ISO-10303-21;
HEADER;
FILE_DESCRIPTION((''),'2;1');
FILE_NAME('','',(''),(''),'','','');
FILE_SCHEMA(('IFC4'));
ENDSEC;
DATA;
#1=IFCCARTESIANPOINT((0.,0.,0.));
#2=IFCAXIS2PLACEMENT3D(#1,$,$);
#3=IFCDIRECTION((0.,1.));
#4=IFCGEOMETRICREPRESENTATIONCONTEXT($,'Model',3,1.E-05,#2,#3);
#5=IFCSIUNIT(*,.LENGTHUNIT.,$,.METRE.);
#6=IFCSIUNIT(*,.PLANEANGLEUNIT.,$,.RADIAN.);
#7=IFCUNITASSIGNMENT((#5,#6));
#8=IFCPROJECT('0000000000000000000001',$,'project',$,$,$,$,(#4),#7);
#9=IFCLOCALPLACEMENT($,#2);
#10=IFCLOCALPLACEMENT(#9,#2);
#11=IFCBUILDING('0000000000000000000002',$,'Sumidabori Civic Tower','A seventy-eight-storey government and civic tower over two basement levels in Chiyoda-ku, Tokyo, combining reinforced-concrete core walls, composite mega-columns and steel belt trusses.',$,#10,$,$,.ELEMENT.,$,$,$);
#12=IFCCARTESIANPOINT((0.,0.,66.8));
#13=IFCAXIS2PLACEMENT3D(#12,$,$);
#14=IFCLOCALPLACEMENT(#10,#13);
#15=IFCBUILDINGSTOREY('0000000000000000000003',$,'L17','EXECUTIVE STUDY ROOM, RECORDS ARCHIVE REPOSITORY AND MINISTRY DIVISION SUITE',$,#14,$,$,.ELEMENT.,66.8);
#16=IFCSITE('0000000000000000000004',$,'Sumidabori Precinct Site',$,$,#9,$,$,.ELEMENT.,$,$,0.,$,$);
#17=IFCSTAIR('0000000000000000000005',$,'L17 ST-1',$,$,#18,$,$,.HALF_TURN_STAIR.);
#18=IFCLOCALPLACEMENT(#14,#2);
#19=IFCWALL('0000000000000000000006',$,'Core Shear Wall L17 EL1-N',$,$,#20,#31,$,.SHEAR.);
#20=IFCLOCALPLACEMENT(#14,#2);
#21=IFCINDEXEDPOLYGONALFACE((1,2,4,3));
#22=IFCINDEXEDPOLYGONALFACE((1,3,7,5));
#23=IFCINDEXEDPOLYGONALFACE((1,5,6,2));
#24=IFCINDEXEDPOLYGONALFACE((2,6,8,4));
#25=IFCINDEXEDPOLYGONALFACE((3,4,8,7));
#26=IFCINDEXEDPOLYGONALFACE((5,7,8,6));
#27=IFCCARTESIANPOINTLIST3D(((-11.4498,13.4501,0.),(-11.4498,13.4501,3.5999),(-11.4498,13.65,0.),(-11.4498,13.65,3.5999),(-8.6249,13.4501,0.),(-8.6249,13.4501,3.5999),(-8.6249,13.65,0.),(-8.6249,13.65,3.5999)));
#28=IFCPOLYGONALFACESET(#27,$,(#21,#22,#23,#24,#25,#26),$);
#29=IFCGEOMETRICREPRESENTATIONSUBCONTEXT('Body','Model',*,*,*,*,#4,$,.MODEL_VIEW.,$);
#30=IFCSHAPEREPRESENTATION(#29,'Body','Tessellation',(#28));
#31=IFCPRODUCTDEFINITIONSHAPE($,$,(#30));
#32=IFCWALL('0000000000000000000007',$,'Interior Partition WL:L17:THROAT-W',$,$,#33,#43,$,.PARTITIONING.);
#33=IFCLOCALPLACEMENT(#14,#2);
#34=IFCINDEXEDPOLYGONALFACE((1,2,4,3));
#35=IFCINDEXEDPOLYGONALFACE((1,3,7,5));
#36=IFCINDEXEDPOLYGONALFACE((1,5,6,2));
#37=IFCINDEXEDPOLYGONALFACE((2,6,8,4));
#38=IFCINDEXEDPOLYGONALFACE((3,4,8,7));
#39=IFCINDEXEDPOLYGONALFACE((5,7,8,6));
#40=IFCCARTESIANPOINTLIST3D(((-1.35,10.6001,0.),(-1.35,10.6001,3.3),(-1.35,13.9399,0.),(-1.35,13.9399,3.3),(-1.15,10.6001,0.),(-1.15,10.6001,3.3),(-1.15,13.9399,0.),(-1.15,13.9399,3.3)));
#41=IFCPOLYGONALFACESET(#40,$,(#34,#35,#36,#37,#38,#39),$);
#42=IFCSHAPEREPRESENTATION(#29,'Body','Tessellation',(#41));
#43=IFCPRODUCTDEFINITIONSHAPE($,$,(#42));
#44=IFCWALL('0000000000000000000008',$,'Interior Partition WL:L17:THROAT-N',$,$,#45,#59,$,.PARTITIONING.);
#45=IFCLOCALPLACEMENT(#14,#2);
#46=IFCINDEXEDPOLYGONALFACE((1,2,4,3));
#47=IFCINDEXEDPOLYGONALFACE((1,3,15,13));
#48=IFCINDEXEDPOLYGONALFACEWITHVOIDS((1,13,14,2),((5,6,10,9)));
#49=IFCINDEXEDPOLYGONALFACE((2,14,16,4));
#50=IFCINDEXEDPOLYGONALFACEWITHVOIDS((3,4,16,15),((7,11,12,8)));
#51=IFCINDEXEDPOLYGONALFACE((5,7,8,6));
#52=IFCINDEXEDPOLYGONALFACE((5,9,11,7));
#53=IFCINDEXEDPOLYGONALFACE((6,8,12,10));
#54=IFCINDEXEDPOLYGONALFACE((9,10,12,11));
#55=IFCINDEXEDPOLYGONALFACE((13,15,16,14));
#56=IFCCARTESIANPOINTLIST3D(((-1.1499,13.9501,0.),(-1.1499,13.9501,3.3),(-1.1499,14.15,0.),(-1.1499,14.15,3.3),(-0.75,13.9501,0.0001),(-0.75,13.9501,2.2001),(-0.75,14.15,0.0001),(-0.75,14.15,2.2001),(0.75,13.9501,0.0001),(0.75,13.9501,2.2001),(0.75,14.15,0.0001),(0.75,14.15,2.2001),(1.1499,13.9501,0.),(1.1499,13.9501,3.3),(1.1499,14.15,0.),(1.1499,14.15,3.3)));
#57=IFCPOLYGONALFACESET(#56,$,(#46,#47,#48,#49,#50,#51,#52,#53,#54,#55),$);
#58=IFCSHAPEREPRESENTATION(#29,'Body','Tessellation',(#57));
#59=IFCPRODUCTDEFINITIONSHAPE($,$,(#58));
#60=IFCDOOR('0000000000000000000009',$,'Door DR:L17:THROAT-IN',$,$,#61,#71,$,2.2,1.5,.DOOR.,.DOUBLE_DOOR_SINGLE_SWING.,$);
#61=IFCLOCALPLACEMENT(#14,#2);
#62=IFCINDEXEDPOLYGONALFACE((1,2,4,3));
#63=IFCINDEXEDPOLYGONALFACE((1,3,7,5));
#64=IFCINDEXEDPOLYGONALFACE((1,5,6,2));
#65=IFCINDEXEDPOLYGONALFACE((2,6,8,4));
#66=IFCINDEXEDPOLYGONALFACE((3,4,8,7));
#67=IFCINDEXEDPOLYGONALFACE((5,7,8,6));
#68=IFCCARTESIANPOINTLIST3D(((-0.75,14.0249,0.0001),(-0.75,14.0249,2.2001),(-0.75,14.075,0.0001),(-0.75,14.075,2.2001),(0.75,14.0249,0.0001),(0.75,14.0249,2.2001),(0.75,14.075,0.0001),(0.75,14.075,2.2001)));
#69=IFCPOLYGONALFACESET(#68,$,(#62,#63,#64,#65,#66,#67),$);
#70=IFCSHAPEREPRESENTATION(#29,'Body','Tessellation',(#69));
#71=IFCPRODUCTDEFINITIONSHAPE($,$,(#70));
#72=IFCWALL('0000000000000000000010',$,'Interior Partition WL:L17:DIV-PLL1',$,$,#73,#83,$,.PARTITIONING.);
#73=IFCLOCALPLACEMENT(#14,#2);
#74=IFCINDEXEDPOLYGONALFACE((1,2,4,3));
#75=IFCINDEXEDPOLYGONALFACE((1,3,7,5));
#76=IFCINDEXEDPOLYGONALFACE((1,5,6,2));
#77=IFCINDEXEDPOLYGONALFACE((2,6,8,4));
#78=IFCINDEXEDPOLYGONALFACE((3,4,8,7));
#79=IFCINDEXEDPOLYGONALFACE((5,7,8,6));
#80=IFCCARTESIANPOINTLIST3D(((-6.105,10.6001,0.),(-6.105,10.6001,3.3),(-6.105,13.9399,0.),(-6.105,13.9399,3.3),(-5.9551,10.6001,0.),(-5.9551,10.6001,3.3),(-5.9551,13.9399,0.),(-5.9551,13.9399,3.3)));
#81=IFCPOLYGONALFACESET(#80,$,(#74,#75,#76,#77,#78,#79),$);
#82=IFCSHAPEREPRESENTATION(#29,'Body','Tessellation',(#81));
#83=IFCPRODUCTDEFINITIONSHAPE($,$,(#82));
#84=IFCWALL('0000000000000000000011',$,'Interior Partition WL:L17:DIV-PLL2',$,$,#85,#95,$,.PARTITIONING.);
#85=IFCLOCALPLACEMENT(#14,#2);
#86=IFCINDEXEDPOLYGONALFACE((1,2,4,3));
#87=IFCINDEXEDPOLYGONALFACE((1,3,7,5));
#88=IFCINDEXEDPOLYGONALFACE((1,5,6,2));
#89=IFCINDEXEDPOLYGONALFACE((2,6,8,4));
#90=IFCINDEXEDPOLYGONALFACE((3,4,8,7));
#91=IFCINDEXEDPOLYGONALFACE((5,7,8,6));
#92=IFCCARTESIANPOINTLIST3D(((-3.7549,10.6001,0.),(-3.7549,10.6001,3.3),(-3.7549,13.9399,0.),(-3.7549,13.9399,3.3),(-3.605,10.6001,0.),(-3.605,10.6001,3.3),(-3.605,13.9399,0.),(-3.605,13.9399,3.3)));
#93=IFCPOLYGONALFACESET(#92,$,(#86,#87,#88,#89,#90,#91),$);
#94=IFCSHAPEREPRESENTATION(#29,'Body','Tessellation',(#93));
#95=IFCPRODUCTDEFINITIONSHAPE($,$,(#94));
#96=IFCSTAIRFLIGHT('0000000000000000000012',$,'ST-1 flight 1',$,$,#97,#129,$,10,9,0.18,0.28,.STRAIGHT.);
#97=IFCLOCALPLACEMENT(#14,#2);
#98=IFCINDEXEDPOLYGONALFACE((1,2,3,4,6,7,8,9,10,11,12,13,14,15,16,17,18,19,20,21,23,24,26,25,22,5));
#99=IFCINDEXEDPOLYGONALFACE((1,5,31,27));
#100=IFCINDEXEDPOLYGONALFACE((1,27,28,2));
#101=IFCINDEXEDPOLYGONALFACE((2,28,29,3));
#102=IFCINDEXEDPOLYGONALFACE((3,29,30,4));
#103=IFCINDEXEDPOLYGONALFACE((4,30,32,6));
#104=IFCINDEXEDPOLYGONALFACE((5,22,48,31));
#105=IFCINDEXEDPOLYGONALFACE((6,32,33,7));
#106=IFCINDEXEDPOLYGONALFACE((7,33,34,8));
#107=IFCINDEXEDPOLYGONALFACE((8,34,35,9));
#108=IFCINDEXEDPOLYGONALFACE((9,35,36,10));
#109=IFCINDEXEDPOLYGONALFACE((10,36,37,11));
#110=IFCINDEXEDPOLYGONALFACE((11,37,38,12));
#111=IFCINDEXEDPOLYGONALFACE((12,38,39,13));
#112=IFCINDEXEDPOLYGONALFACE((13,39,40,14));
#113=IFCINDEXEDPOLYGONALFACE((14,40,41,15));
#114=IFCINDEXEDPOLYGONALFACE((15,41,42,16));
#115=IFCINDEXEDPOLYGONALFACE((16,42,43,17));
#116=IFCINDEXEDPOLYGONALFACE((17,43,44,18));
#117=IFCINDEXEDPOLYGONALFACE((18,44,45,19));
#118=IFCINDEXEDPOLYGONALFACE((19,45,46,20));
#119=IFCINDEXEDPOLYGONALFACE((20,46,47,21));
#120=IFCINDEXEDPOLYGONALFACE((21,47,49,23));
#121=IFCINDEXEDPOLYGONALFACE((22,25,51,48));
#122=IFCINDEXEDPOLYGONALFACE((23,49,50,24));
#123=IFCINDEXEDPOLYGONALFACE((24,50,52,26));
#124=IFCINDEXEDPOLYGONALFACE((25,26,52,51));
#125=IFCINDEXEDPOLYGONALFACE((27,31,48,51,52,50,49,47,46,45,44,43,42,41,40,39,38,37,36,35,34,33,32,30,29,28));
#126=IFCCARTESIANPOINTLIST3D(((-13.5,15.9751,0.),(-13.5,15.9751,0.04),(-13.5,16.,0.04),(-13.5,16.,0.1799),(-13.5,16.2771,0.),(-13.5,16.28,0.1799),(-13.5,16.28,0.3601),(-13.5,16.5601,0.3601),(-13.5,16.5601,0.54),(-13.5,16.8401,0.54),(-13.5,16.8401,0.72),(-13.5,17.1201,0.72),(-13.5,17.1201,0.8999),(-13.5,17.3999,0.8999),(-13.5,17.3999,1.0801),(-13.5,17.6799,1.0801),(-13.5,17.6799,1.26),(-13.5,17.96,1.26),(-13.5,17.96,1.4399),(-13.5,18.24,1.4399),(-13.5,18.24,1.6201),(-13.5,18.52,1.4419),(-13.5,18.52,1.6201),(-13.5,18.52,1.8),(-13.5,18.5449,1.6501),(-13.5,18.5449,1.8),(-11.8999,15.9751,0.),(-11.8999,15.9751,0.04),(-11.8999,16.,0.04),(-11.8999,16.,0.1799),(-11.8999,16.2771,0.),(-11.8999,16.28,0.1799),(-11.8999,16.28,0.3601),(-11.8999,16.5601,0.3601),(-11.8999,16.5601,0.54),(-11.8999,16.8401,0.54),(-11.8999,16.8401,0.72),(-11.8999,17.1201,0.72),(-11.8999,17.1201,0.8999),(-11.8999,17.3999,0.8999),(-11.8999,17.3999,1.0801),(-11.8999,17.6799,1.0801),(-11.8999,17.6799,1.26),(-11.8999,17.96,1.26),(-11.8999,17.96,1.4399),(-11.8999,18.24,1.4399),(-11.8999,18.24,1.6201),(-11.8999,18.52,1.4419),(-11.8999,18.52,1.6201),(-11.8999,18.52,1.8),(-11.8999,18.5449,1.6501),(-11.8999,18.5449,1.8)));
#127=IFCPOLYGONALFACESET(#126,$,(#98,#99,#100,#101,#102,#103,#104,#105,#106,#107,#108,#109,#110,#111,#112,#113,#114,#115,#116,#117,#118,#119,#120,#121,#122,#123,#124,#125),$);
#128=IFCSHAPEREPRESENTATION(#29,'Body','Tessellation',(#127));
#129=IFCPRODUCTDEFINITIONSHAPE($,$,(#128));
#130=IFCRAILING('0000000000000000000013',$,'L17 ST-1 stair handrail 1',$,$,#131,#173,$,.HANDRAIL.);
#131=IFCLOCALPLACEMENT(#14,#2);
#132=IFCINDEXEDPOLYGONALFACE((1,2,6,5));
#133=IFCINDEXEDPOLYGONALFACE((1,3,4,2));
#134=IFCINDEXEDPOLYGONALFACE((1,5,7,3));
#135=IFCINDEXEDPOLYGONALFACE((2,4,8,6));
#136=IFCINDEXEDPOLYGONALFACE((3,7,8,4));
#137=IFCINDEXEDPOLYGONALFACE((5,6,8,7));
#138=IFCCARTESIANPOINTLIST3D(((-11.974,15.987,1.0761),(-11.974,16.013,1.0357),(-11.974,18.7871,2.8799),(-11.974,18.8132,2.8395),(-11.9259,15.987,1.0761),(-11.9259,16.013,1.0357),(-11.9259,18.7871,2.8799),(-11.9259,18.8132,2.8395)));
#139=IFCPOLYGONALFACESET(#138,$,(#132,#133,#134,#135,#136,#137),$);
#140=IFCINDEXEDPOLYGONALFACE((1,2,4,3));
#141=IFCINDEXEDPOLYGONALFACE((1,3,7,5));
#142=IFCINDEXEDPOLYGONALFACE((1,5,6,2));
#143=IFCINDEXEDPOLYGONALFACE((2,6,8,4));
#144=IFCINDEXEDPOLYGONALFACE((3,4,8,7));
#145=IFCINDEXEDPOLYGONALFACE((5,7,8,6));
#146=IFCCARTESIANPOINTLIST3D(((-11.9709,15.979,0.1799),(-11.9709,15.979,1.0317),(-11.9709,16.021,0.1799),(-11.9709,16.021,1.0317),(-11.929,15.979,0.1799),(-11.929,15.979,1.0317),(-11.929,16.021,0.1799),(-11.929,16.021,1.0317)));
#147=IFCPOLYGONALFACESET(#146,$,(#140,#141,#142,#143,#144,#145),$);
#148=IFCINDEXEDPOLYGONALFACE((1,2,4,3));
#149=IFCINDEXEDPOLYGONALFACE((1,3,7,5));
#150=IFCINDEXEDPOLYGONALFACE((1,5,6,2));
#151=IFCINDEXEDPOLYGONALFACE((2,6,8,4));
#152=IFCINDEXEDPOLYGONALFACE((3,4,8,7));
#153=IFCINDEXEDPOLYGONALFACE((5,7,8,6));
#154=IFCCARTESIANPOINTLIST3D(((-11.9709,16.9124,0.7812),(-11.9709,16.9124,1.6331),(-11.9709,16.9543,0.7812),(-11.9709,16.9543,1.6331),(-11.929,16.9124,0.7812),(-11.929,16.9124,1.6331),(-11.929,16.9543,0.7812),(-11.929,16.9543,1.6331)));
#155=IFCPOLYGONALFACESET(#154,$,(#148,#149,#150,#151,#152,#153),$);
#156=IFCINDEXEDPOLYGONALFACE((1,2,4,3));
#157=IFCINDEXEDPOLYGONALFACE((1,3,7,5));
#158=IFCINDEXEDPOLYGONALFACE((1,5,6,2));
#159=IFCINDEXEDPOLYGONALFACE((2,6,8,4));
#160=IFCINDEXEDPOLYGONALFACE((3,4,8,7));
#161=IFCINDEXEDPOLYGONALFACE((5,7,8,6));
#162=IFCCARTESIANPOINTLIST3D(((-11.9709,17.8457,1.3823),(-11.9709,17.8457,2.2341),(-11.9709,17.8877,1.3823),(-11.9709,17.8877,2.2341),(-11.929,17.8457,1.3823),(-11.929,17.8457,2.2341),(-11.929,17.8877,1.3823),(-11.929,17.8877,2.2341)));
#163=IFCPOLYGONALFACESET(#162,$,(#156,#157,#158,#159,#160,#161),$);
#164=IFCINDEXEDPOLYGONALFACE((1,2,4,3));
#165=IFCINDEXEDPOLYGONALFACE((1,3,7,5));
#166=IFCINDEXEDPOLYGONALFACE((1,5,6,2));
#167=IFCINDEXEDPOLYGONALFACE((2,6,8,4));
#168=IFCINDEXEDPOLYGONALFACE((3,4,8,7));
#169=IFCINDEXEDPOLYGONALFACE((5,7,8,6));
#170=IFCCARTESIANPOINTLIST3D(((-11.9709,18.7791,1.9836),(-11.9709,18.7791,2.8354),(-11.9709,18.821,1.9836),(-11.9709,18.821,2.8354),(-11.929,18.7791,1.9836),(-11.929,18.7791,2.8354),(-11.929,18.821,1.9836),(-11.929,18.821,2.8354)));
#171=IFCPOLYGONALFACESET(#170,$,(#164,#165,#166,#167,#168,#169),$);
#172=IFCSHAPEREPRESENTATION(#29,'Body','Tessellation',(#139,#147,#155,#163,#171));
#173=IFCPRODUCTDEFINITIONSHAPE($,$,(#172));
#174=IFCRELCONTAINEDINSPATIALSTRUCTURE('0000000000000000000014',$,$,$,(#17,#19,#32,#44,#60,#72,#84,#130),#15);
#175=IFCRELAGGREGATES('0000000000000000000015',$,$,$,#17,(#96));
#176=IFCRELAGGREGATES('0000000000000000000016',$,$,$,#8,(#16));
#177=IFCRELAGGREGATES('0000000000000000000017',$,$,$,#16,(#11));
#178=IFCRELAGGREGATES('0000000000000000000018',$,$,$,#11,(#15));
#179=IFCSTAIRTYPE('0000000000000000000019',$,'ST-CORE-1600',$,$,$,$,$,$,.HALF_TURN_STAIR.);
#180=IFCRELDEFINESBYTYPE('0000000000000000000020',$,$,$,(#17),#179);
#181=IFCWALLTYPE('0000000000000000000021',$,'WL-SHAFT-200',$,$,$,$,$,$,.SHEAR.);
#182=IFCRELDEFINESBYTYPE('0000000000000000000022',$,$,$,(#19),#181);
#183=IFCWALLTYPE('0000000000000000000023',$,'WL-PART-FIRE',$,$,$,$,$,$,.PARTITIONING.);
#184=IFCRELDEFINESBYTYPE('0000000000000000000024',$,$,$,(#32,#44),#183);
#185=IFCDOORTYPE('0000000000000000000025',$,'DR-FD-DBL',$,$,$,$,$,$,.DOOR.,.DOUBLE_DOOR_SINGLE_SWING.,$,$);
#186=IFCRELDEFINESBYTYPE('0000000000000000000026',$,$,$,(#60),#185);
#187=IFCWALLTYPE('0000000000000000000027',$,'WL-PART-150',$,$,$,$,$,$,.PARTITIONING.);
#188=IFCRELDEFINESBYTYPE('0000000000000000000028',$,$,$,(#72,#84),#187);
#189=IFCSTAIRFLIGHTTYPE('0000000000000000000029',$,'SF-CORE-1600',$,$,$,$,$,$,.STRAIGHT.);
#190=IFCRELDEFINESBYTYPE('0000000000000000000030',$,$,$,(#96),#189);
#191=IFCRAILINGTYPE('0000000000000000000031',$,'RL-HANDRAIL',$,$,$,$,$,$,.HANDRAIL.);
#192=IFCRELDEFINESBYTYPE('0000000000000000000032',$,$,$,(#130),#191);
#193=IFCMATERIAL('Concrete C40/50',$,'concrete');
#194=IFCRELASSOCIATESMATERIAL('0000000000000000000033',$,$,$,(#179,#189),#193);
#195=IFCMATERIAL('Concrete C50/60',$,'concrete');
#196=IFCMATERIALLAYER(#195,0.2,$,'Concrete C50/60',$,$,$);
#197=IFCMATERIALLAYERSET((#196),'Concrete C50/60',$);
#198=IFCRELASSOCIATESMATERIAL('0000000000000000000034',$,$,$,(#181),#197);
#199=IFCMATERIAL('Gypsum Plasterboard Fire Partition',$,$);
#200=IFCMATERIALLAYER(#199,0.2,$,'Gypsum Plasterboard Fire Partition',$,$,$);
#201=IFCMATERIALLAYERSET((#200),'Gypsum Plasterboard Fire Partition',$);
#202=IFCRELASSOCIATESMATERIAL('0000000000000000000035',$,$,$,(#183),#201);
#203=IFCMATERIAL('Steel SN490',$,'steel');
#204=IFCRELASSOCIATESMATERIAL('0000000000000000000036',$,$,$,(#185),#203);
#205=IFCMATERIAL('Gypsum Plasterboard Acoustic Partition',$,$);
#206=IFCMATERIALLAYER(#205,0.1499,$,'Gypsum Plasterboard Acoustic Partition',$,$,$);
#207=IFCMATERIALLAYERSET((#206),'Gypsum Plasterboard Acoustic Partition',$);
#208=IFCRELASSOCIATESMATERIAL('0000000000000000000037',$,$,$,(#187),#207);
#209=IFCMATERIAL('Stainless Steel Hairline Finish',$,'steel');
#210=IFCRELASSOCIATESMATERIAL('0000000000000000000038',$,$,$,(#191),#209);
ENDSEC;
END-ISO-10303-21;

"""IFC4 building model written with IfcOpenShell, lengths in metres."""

from ifc_helpers import new_model, si_unit, direction, frame, frame_2d, origin, origin_2d, place, context, subcontext, project, spatial, polyline, rectangle, outline, extrude, source, transform, mapped, material, layer, layer_set, type_object, element, fill, aggregate, save


model = new_model("IFC4")

# Units and contexts
model_context = context("Model", 3, precision=1e-05, world=origin(), true_north=direction((0.0, 1.0)))
body_context = subcontext(model_context, "Body", "Model", "MODEL_VIEW")
ifc_project = project(units=[si_unit("LENGTHUNIT", "METRE"), si_unit("PLANEANGLEUNIT", "RADIAN")], contexts=[model_context])

# Site, building, storey
site_placement = place(None, origin())
site = spatial("IfcSite", under=ifc_project, at=site_placement, Name="Sumidabori Precinct Site", CompositionType="ELEMENT", RefElevation=0.0)
building_placement = place(site_placement, origin())
building = spatial("IfcBuilding", under=site, at=building_placement, Name="Sumidabori Civic Tower", Description="A seventy-eight-storey government and civic tower over two basement levels in Chiyoda-ku, Tokyo, combining reinforced-concrete core walls, composite mega-columns and steel belt trusses.", CompositionType="ELEMENT")
storey_placement = place(building_placement, frame((0.0, 0.0, 66.8)))
storey = spatial("IfcBuildingStorey", under=building, at=storey_placement, Name="L17", Description="EXECUTIVE STUDY ROOM, RECORDS ARCHIVE REPOSITORY AND MINISTRY DIVISION SUITE", CompositionType="ELEMENT", Elevation=66.8)

# Shared definitions
ifc_material_1 = material(Name="Concrete C50/60", Category="concrete")

# Stair
ifc_material_2 = material(Name="Concrete C40/50", Category="concrete")
stair_type = type_object("IfcStairType", Name="ST-CORE-1600", PredefinedType="HALF_TURN_STAIR", material=ifc_material_2)
stair_1_placement = place(storey_placement, origin())
stair_1 = element("IfcStair", 1, at=stair_1_placement, inside=storey, type_object=stair_type, Name="L17 ST-1", PredefinedType="HALF_TURN_STAIR")

# Shared definitions
ifc_material_3 = material(Name="Steel SN490", Category="steel")

# Shared definitions
ifc_layer_1 = layer(ifc_material_1, 0.2, Name="Concrete C50/60")
ifc_layer_set_1 = layer_set([ifc_layer_1], Name="Concrete C50/60")
wall_type_1 = type_object("IfcWallType", Name="WL-SHAFT-200", PredefinedType="SHEAR", material=ifc_layer_set_1)
ifc_material_4 = material(Name="Stainless Steel Hairline Finish", Category="steel")

# Wall
shared_shape_1 = source(origin(), body_context, "Body", "SweptSolid", [
    extrude(rectangle(XDim=2.825, YDim=0.2, at=frame_2d((1.4126, 0.0))), origin(), (0.0, 0.0, 1.0), 3.5999),
])
wall_1_placement = place(storey_placement, frame((-11.45, 13.55, 0.0), z_axis=(0.0, 0.0, 1.0), x_axis=(1.0, 0.0, 0.0)))
element("IfcWall", 2, at=wall_1_placement, inside=storey, type_object=wall_type_1, Name="Core Shear Wall L17 EL1-N", PredefinedType="SHEAR", context=body_context, shape_type="MappedRepresentation", body=[
    mapped(shared_shape_1, transform((0.0, 0.0, 0.0), x_axis=(1.0, 0.0, 0.0), y_axis=(0.0, 1.0, 0.0), z_axis=(0.0, 0.0, 1.0), scale=1.0)),
])

# Shared definitions
ifc_material_5 = material(Name="Gypsum Plasterboard Fire Partition")
ifc_layer_2 = layer(ifc_material_5, 0.2, Name="Gypsum Plasterboard Fire Partition")
ifc_layer_set_2 = layer_set([ifc_layer_2], Name="Gypsum Plasterboard Fire Partition")
wall_type_2 = type_object("IfcWallType", Name="WL-PART-FIRE", PredefinedType="PARTITIONING", material=ifc_layer_set_2)

# Wall
shared_shape_2 = source(origin(), body_context, "Body", "SweptSolid", [
    extrude(rectangle(XDim=3.3398, YDim=0.2, at=frame_2d((1.6699, 0.0))), origin(), (0.0, 0.0, 1.0), 3.3),
])
wall_2_placement = place(storey_placement, frame((-1.25, 10.6001, 0.0), z_axis=(0.0, 0.0, 1.0), x_axis=(0.0, 1.0, 0.0)))
element("IfcWall", 3, at=wall_2_placement, inside=storey, type_object=wall_type_2, Name="Interior Partition WL:L17:THROAT-W", PredefinedType="PARTITIONING", context=body_context, shape_type="MappedRepresentation", body=[
    mapped(shared_shape_2, transform((0.0, 0.0, 0.0), x_axis=(1.0, 0.0, 0.0), y_axis=(0.0, 1.0, 0.0), z_axis=(0.0, 0.0, 1.0), scale=1.0)),
])

# Wall, opening, door
shared_shape_3 = source(origin(), body_context, "Body", "SweptSolid", [
    extrude(rectangle(XDim=2.2998, YDim=0.2, at=frame_2d((1.1499, 0.0))), origin(), (0.0, 0.0, 1.0), 3.3),
])
wall_3_placement = place(storey_placement, frame((-1.1499, 14.05, 0.0), z_axis=(0.0, 0.0, 1.0), x_axis=(1.0, 0.0, 0.0)))
wall_3 = element("IfcWall", 4, at=wall_3_placement, inside=storey, type_object=wall_type_2, Name="Interior Partition WL:L17:THROAT-N", PredefinedType="PARTITIONING", context=body_context, shape_type="MappedRepresentation", body=[
    mapped(shared_shape_3, transform((0.0, 0.0, 0.0), x_axis=(1.0, 0.0, 0.0), y_axis=(0.0, 1.0, 0.0), z_axis=(0.0, 0.0, 1.0), scale=1.0)),
])
opening_1_placement = place(wall_3_placement, frame((0.3999, 0.0, 0.0)))
opening_1 = element("IfcOpeningElement", 5, at=opening_1_placement, cuts=wall_3, PredefinedType="OPENING", context=body_context, shape_type="SweptSolid", body=[
    extrude(rectangle(XDim=1.5, YDim=2.2, at=frame_2d((0.75, 1.1001))), frame((0.0, 0.1118, 0.0), z_axis=(0.0, -1.0, 0.0), x_axis=(1.0, 0.0, 0.0)), (0.0, 0.0, 1.0), 0.2239),
])
door_type_1 = type_object("IfcDoorType", Name="DR-FD-DBL", OperationType="DOUBLE_DOOR_SINGLE_SWING", PredefinedType="DOOR", material=ifc_material_3)
shared_shape_4 = source(origin(), body_context, "Body", "SweptSolid", [
    extrude(rectangle(XDim=1.5, YDim=2.2, at=frame_2d((0.75, 1.1001))), frame((0.0, 0.0249, 0.0), z_axis=(0.0, -1.0, 0.0), x_axis=(1.0, 0.0, 0.0)), (0.0, 0.0, 1.0), 0.05),
])
door_1_placement = place(opening_1_placement, origin())
door_1 = element("IfcDoor", 6, at=door_1_placement, inside=storey, type_object=door_type_1, Name="Door DR:L17:THROAT-IN", OperationType="DOUBLE_DOOR_SINGLE_SWING", OverallHeight=2.2, OverallWidth=1.5, PredefinedType="DOOR", context=body_context, shape_type="MappedRepresentation", body=[
    mapped(shared_shape_4, transform((0.0, 0.0, 0.0), x_axis=(1.0, 0.0, 0.0), y_axis=(0.0, 1.0, 0.0), z_axis=(0.0, 0.0, 1.0), scale=1.0)),
])
fill(opening_1, door_1)

# Walls
ifc_material_6 = material(Name="Gypsum Plasterboard Acoustic Partition")
ifc_layer_3 = layer(ifc_material_6, 0.1499, Name="Gypsum Plasterboard Acoustic Partition")
ifc_layer_set_3 = layer_set([ifc_layer_3], Name="Gypsum Plasterboard Acoustic Partition")
wall_type_3 = type_object("IfcWallType", Name="WL-PART-150", PredefinedType="PARTITIONING", material=ifc_layer_set_3)
shared_shape_5 = source(origin(), body_context, "Body", "SweptSolid", [
    extrude(rectangle(XDim=3.3398, YDim=0.1499, at=frame_2d((1.6699, 0.0))), origin(), (0.0, 0.0, 1.0), 3.3),
])
for number, where, z_axis, x_axis, name in (
    (7, (-6.03, 10.6001, 0.0), (0.0, 0.0, 1.0), (0.0, 1.0, 0.0), "Interior Partition WL:L17:DIV-PLL1"),
    (8, (-3.6799, 10.6001, 0.0), (0.0, 0.0, 1.0), (0.0, 1.0, 0.0), "Interior Partition WL:L17:DIV-PLL2"),
):
    element("IfcWall", number, at=place(storey_placement, frame(where, z_axis=z_axis, x_axis=x_axis)), inside=storey, type_object=wall_type_3, Name=name, PredefinedType="PARTITIONING", context=body_context, shape_type="MappedRepresentation", body=[
        mapped(shared_shape_5, transform((0.0, 0.0, 0.0), x_axis=(1.0, 0.0, 0.0), y_axis=(0.0, 1.0, 0.0), z_axis=(0.0, 0.0, 1.0), scale=1.0)),
    ])

# Stair flight
stair_flight_type = type_object("IfcStairFlightType", Name="SF-CORE-1600", PredefinedType="STRAIGHT", material=ifc_material_2)
shared_shape_6 = source(origin(), body_context, "Body", "SweptSolid", [
    extrude(outline(polyline([(-0.0249, 0.0), (-0.0249, 0.04), (0.0, 0.04), (0.0, 0.1799), (0.28, 0.1799), (0.28, 0.3601), (0.5601, 0.3601), (0.5601, 0.54), (0.8401, 0.54), (0.8401, 0.72), (1.1201, 0.72), (1.1201, 0.8999), (1.3999, 0.8999), (1.3999, 1.0801), (1.6799, 1.0801), (1.6799, 1.26), (1.96, 1.26), (1.96, 1.4399), (2.24, 1.4399), (2.24, 1.6201), (2.52, 1.6201), (2.52, 1.8), (2.5449, 1.8), (2.5449, 1.6501), (2.52, 1.4419), (0.2771, 0.0), (-0.0249, 0.0)])), frame((0.0, 0.8, 0.0), z_axis=(0.0, -1.0, 0.0), x_axis=(1.0, 0.0, 0.0)), (0.0, 0.0, 1.0), 1.6001),
])
stair_flight_placement = place(storey_placement, frame((-12.7, 16.0, 0.0), z_axis=(0.0, 0.0, 1.0), x_axis=(0.0, 1.0, 0.0)))
stair_flight = element("IfcStairFlight", 9, at=stair_flight_placement, type_object=stair_flight_type, Name="ST-1 flight 1", NumberOfRisers=10, NumberOfTreads=9, PredefinedType="STRAIGHT", RiserHeight=0.18, TreadLength=0.28, context=body_context, shape_type="MappedRepresentation", body=[
    mapped(shared_shape_6, transform((0.0, 0.0, 0.0), x_axis=(1.0, 0.0, 0.0), y_axis=(0.0, 1.0, 0.0), z_axis=(0.0, 0.0, 1.0), scale=1.0)),
])
aggregate(stair_1, [stair_flight])

# Railing
railing_type_1 = type_object("IfcRailingType", Name="RL-HANDRAIL", PredefinedType="HANDRAIL", material=ifc_material_4)
railing_1_placement = place(storey_placement, frame((-11.95, 16.0, 0.1799)))
element("IfcRailing", 10, at=railing_1_placement, inside=storey, type_object=railing_type_1, Name="L17 ST-1 stair handrail 1", PredefinedType="HANDRAIL", context=body_context, shape_type="SweptSolid", body=[
    extrude(rectangle(XDim=0.0481, YDim=0.0481, at=origin_2d()), frame((0.0, 0.0, 0.876), z_axis=(0.0, 0.840676, 0.541539), x_axis=(-1.0, 0.0, 0.0)), (0.0, 0.0, 1.0), 3.3308),
    extrude(rectangle(XDim=0.042, YDim=0.042, at=origin_2d()), origin(), (0.0, 0.0, 1.0), 0.8518),
    extrude(rectangle(XDim=0.042, YDim=0.042, at=origin_2d()), frame((0.0, 0.9333, 0.6013)), (0.0, 0.0, 1.0), 0.8518),
    extrude(rectangle(XDim=0.042, YDim=0.042, at=origin_2d()), frame((0.0, 1.8667, 1.2024)), (0.0, 0.0, 1.0), 0.8518),
    extrude(rectangle(XDim=0.042, YDim=0.042, at=origin_2d()), frame((0.0, 2.8, 1.8037)), (0.0, 0.0, 1.0), 0.8518),
])

save(model, "model.ifc")
